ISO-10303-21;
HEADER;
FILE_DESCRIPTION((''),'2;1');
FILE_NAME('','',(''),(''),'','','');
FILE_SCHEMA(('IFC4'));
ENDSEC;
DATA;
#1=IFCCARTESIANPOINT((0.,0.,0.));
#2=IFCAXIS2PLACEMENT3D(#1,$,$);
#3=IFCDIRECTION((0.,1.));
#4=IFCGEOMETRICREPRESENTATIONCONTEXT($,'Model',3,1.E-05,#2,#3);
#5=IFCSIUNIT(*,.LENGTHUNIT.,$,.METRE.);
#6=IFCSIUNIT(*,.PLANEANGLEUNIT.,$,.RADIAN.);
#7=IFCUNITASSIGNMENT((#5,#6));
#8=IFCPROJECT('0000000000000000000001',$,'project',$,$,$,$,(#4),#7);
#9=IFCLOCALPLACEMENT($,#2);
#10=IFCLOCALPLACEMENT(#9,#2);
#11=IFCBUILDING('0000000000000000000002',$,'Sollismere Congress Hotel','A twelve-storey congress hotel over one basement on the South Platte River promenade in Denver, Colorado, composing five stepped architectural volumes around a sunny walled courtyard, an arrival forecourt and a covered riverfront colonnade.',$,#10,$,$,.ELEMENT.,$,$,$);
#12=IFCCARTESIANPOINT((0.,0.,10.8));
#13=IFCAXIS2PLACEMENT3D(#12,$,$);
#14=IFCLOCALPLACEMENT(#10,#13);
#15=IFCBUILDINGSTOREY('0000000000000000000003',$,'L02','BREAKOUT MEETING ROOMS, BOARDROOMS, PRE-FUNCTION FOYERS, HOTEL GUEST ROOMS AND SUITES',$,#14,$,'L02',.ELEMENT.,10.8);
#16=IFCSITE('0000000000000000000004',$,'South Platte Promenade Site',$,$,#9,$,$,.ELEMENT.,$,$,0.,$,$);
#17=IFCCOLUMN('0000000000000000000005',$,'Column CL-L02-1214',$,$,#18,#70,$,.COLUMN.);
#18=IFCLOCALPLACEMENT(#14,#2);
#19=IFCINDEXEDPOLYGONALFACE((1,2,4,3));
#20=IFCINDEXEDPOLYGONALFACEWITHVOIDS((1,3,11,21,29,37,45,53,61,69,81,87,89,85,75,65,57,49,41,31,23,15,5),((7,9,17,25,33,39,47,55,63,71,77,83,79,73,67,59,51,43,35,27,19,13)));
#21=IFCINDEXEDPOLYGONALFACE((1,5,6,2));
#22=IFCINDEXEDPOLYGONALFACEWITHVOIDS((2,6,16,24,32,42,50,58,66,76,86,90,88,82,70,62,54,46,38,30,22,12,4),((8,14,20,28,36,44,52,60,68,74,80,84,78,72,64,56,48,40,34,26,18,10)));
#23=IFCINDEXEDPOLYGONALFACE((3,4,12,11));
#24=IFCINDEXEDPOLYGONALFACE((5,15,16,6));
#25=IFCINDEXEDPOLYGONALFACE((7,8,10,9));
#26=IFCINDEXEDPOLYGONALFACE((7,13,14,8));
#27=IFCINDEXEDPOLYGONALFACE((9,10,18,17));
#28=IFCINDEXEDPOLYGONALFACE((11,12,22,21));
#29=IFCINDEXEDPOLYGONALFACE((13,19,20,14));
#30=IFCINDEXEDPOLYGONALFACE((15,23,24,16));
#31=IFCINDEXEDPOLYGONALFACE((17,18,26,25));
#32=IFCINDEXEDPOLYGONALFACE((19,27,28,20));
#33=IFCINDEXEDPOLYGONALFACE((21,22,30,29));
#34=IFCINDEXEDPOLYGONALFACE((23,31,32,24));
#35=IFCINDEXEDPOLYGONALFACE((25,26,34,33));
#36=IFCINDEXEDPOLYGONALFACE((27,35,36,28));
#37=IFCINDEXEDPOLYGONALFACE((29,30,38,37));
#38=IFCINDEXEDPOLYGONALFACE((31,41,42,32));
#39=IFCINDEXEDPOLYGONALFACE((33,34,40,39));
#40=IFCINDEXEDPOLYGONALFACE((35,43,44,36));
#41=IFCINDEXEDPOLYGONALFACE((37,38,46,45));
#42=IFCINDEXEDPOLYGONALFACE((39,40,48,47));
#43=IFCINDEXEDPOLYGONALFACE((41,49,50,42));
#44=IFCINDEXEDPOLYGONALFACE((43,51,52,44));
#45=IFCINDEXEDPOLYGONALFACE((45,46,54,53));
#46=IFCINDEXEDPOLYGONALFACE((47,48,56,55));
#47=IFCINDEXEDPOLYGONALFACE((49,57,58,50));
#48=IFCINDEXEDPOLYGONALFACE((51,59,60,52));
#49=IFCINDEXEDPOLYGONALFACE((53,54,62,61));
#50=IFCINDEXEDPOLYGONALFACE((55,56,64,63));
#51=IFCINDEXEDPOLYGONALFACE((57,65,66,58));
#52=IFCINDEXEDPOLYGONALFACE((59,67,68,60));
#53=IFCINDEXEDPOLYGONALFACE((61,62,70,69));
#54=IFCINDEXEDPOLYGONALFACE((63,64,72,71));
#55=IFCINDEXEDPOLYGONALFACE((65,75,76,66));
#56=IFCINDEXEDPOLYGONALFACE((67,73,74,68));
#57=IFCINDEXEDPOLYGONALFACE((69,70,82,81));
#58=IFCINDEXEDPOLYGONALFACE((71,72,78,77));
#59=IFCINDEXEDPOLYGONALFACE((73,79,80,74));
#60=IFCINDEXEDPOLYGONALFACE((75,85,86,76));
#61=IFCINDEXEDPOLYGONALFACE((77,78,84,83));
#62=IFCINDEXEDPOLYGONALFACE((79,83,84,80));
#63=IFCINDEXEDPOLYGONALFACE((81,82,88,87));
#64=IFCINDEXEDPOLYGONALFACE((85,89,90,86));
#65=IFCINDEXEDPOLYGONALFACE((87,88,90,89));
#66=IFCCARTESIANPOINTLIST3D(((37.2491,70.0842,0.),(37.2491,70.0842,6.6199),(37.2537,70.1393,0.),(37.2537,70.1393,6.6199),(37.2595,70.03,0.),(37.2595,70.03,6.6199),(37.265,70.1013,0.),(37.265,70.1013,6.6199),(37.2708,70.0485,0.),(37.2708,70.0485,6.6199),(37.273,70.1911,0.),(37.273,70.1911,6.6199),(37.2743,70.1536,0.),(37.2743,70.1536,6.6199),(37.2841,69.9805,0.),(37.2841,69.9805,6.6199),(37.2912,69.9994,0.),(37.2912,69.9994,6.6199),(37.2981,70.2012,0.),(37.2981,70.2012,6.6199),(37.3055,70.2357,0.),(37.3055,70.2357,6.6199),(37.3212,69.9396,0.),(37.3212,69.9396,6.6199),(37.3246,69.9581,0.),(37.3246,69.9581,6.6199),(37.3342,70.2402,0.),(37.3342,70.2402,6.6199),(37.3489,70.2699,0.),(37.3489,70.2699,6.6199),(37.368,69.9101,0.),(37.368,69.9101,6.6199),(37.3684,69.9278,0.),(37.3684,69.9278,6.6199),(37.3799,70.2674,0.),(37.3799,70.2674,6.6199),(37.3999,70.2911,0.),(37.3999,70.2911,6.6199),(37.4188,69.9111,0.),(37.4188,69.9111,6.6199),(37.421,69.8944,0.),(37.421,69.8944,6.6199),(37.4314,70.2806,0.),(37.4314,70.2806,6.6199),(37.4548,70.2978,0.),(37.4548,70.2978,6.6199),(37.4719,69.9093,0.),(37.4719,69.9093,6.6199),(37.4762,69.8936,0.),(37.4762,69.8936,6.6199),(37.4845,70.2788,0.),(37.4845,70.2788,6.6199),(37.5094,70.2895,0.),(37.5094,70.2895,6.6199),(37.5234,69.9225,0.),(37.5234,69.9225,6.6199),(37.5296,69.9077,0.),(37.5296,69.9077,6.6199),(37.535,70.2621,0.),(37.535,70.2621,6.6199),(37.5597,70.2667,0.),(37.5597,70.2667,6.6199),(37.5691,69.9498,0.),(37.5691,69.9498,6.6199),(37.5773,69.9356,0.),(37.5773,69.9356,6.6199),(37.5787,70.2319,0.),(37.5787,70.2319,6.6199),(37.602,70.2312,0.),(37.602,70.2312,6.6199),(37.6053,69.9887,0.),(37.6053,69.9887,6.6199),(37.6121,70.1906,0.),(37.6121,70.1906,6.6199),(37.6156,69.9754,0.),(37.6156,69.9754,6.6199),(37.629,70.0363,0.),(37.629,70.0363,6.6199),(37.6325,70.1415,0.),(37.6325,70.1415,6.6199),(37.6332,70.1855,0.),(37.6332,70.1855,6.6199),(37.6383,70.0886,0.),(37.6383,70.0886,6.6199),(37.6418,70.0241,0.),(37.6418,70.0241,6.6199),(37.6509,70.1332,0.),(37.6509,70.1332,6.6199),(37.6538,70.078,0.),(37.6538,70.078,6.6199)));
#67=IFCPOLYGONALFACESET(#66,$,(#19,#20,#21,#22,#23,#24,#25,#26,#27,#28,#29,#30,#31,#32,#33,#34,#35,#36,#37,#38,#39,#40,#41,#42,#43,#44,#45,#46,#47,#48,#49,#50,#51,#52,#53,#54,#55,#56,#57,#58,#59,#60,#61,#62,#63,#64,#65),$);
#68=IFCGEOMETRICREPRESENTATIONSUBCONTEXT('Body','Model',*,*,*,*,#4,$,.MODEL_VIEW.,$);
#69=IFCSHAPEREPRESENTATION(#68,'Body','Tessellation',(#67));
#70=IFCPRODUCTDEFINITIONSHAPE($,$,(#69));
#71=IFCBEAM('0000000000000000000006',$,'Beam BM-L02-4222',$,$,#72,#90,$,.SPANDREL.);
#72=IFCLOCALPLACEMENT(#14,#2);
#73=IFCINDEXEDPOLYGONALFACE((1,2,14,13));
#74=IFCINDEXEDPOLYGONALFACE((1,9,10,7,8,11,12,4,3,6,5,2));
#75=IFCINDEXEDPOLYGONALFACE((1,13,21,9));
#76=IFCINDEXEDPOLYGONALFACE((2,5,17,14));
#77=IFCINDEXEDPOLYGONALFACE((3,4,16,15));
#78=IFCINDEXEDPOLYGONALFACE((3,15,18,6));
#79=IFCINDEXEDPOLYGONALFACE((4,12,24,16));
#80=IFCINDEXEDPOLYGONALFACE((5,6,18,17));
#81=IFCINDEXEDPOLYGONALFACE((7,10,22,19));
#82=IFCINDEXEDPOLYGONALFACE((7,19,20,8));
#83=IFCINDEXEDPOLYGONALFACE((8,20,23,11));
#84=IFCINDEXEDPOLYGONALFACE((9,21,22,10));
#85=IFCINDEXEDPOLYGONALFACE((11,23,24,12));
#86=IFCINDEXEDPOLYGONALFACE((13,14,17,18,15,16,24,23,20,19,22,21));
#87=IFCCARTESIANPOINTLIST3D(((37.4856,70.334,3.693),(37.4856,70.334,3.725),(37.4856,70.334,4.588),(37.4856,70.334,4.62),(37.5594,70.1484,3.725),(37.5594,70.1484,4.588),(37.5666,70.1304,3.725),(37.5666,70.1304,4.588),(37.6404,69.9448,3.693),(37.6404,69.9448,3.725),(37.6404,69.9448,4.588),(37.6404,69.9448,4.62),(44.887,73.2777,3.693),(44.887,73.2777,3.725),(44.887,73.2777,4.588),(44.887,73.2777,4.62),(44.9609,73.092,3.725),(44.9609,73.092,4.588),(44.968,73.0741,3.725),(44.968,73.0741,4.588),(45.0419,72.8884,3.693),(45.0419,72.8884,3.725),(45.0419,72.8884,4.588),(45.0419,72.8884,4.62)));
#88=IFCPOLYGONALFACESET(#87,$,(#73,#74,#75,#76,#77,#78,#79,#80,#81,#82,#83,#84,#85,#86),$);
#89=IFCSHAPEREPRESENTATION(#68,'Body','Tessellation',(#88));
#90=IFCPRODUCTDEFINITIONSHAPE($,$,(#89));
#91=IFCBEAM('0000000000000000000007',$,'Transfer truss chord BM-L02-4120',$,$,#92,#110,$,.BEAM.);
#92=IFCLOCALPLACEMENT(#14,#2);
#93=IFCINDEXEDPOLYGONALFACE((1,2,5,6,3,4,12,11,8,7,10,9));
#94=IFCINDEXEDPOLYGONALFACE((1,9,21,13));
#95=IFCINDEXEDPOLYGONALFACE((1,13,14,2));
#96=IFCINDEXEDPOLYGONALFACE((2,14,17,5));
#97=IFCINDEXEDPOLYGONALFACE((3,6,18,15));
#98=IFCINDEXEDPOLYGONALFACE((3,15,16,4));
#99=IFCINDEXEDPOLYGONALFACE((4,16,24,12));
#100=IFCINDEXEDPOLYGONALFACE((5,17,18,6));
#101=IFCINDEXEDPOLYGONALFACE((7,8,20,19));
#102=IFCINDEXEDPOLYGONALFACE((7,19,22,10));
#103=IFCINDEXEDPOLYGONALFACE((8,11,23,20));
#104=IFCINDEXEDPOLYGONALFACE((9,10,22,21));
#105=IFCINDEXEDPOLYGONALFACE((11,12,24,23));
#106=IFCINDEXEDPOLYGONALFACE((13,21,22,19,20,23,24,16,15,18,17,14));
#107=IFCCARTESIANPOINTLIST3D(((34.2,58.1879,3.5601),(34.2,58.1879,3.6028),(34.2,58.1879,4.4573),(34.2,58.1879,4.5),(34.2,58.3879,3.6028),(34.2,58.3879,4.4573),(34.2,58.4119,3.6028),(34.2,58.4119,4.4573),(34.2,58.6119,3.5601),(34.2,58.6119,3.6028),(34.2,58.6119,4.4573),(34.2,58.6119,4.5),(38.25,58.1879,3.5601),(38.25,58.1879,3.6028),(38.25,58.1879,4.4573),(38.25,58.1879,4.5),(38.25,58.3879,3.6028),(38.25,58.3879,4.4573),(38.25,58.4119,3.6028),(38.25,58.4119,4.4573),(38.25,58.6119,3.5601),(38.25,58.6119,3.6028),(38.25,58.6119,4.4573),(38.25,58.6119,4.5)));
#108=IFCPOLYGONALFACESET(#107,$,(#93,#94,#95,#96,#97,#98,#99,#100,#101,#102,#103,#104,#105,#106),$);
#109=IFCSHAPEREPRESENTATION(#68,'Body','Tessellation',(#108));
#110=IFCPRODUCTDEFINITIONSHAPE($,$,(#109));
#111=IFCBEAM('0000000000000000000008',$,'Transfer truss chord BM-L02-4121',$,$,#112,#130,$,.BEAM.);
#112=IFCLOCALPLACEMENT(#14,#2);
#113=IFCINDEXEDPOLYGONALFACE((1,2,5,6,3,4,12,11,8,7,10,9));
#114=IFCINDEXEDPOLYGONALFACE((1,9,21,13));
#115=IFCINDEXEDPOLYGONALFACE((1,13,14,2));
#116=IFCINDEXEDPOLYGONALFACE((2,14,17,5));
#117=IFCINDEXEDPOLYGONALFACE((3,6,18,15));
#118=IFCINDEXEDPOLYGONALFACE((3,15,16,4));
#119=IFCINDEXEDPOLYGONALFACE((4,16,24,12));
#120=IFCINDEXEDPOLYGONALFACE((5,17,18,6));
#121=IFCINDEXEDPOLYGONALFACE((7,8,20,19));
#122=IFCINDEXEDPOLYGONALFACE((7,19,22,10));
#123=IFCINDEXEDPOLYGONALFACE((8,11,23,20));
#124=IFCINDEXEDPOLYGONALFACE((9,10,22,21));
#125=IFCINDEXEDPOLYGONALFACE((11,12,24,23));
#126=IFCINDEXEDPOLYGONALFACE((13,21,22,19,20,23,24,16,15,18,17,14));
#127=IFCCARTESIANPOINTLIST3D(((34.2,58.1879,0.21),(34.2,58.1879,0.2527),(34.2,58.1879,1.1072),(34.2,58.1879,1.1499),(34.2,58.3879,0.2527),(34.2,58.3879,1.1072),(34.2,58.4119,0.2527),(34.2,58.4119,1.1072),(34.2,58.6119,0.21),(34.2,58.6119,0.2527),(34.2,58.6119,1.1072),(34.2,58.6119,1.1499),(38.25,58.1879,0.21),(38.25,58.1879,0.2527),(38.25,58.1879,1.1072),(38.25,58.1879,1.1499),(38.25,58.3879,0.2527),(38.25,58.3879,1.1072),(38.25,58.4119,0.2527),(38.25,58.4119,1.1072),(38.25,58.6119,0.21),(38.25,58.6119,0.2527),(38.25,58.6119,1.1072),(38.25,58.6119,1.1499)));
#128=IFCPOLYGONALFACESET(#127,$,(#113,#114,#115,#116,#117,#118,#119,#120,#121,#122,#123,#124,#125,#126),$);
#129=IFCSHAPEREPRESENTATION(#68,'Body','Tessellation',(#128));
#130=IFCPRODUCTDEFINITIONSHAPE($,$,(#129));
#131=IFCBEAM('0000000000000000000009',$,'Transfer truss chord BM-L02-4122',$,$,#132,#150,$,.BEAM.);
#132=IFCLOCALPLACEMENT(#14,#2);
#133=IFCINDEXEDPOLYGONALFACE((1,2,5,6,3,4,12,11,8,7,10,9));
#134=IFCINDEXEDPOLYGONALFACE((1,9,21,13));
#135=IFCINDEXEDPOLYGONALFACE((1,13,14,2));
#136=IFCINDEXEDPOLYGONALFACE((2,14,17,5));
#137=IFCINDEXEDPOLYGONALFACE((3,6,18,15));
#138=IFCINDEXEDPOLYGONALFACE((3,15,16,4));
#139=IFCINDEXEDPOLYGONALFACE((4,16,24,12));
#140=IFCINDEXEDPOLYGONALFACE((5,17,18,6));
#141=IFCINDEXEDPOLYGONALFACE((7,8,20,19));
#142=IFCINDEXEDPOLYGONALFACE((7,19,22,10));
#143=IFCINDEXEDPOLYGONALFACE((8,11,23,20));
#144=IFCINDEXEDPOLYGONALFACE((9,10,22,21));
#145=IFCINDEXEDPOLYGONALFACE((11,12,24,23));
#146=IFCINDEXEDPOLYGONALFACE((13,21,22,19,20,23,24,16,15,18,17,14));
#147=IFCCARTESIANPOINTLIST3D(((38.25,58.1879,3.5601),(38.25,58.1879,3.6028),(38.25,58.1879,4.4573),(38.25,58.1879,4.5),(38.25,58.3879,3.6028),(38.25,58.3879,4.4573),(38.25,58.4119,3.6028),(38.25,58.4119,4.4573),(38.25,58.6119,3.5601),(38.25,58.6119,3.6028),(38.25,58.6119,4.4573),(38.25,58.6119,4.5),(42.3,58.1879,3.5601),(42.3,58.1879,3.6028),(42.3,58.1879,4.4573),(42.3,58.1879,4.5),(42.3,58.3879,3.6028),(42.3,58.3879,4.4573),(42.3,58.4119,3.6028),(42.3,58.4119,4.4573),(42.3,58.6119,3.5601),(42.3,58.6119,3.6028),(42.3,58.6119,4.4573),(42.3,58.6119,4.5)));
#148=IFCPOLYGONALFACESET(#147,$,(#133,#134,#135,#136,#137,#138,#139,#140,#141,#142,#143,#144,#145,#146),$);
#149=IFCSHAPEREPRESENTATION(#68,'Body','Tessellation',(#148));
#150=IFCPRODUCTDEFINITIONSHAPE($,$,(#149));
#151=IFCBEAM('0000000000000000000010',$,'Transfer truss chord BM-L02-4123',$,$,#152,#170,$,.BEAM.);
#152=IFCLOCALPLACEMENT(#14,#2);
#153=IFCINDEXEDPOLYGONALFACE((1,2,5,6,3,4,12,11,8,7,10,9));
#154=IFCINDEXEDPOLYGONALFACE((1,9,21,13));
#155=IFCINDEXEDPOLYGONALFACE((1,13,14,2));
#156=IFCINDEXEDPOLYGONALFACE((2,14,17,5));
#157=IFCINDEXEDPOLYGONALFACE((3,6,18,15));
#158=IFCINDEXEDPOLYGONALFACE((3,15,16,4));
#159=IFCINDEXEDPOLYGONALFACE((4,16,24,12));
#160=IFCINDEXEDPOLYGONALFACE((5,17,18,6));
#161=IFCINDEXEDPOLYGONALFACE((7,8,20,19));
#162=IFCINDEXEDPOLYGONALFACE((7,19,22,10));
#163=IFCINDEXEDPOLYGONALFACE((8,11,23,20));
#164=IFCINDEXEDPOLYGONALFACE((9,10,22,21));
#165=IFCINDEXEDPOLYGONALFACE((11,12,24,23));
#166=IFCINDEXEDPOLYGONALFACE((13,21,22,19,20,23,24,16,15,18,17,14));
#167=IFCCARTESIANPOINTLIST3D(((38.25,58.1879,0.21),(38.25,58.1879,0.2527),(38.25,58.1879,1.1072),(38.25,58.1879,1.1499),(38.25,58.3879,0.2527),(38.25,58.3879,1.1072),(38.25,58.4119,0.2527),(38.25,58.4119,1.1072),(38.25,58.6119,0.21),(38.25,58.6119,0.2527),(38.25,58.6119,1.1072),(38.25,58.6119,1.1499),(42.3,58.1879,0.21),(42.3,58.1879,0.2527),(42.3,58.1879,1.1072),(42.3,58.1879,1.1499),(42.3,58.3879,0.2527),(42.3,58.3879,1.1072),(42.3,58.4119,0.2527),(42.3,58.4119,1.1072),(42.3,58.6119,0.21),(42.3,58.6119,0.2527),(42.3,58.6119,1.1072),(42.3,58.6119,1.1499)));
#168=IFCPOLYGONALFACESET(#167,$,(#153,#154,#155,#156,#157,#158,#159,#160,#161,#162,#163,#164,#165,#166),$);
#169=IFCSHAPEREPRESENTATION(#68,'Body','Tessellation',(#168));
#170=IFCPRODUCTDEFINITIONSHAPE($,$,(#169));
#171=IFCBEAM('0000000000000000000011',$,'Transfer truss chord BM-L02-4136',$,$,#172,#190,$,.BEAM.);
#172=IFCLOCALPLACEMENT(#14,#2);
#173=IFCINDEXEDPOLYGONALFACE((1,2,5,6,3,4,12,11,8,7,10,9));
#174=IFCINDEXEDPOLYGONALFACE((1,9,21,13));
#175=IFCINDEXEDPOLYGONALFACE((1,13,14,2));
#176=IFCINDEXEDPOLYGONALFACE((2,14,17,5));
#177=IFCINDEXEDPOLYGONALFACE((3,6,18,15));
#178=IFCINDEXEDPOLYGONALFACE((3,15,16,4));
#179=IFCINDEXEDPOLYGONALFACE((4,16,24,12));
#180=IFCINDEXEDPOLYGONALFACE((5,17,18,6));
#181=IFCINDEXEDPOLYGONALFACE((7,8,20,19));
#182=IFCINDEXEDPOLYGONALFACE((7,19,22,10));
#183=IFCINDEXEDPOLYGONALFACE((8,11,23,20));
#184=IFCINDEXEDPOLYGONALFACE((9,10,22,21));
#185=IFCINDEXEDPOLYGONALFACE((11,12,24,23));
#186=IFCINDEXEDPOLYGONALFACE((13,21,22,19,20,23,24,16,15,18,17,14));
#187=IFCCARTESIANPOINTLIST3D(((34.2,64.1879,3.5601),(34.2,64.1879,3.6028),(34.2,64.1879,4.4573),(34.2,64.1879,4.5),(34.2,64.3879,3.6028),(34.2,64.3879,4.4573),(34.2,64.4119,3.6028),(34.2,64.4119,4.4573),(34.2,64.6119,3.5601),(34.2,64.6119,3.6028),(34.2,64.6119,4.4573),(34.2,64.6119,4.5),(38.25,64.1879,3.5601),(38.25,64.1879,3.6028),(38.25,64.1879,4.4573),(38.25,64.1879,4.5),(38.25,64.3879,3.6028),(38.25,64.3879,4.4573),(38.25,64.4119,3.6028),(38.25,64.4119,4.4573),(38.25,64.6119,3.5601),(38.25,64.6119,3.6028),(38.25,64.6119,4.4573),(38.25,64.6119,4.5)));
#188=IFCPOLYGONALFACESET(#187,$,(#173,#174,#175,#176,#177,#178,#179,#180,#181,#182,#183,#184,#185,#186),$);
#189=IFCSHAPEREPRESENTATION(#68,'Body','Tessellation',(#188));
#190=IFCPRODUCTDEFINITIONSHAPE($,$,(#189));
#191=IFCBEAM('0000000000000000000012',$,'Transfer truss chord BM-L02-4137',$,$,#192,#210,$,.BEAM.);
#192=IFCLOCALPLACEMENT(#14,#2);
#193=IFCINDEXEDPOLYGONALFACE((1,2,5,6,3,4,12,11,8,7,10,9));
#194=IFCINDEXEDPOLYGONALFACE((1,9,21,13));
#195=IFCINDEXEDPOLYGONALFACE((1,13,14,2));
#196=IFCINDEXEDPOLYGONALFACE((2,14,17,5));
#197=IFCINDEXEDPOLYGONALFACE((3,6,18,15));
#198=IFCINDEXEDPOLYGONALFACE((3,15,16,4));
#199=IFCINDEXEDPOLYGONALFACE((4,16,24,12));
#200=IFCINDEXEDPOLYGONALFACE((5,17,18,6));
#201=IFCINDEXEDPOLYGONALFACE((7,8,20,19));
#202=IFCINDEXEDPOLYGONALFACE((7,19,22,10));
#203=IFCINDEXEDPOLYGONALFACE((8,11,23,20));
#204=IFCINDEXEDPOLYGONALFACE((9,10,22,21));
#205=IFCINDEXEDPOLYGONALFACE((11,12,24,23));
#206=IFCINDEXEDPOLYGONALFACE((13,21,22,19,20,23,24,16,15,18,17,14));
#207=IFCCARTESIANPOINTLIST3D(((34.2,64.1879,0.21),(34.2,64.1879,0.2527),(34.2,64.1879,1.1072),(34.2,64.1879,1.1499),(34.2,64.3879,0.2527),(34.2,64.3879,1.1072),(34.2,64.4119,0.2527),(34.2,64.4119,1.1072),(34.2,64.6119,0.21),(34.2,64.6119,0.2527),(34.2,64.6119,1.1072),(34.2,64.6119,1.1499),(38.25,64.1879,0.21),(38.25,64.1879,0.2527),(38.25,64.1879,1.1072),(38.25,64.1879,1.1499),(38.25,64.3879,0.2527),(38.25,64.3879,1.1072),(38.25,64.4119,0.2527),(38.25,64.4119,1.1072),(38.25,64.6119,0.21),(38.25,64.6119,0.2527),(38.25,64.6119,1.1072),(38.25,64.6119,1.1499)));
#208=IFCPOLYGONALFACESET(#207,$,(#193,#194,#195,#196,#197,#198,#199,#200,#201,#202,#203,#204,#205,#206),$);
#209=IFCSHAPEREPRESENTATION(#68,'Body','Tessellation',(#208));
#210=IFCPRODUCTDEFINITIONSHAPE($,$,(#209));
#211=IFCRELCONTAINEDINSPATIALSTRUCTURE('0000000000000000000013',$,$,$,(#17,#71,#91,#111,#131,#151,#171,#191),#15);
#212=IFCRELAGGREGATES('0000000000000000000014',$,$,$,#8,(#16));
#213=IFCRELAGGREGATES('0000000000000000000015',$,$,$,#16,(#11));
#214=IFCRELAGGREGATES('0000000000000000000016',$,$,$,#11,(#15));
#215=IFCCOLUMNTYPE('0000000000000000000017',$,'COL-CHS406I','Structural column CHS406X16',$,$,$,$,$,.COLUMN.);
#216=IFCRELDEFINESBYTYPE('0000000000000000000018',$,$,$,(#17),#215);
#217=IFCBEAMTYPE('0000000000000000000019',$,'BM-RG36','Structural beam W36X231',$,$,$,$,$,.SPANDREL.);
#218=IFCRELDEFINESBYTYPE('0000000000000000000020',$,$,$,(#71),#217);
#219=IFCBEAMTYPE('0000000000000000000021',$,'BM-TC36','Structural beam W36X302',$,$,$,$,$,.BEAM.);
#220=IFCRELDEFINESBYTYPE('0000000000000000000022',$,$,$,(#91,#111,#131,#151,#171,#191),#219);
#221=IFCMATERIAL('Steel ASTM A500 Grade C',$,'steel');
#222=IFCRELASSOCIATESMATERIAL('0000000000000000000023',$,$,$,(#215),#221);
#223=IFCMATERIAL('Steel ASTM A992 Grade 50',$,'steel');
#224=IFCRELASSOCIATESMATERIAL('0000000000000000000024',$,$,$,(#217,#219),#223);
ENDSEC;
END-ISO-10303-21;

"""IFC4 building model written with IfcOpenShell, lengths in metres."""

from ifc_helpers import new_model, si_unit, direction, frame, origin, origin_2d, place, context, subcontext, project, spatial, hollow_circle, i_section, extrude, material, material_profile, profile_set, type_object, element, save


model = new_model("IFC4")

# Units and contexts
model_context = context("Model", 3, precision=1e-05, world=origin(), true_north=direction((0.0, 1.0)))
body_context = subcontext(model_context, "Body", "Model", "MODEL_VIEW")
ifc_project = project(units=[si_unit("LENGTHUNIT", "METRE"), si_unit("PLANEANGLEUNIT", "RADIAN")], contexts=[model_context])

# Site, building, storey
site_placement = place(None, origin())
site = spatial("IfcSite", under=ifc_project, at=site_placement, Name="South Platte Promenade Site", CompositionType="ELEMENT", RefElevation=0.0)
building_placement = place(site_placement, origin())
building = spatial("IfcBuilding", under=site, at=building_placement, Name="Sollismere Congress Hotel", Description="A twelve-storey congress hotel over one basement on the South Platte River promenade in Denver, Colorado, composing five stepped architectural volumes around a sunny walled courtyard, an arrival forecourt and a covered riverfront colonnade.", CompositionType="ELEMENT")
storey_placement = place(building_placement, frame((0.0, 0.0, 10.8)))
storey = spatial("IfcBuildingStorey", under=building, at=storey_placement, Name="L02", Description="BREAKOUT MEETING ROOMS, BOARDROOMS, PRE-FUNCTION FOYERS, HOTEL GUEST ROOMS AND SUITES", LongName="L02", CompositionType="ELEMENT", Elevation=10.8)

# Column
ifc_material_1 = material(Name="Steel ASTM A500 Grade C", Category="steel")
ifc_material_profile_1 = material_profile(ifc_material_1, hollow_circle(Radius=0.2029, WallThickness=0.0161, at=origin_2d()), Name="CHS406X16")
ifc_profile_set_1 = profile_set([ifc_material_profile_1], Name="Steel ASTM A500 Grade C")
column_type = type_object("IfcColumnType", Name="COL-CHS406I", Description="Structural column CHS406X16", PredefinedType="COLUMN", material=ifc_profile_set_1)
column_placement = place(storey_placement, frame((37.4517, 70.095, 0.0), z_axis=(0.0, 0.0, 1.0), x_axis=(0.384295, -0.92321, 0.0)))
element("IfcColumn", 1, at=column_placement, inside=storey, type_object=column_type, Name="Column CL-L02-1214", PredefinedType="COLUMN", context=body_context, shape_type="SweptSolid", body=[
    extrude(hollow_circle(Radius=0.2029, WallThickness=0.0161, at=origin_2d()), origin(), (0.0, 0.0, 1.0), 6.6199),
])

# Beams
ifc_material_2 = material(Name="Steel ASTM A992 Grade 50", Category="steel")
ifc_material_profile_2 = material_profile(ifc_material_2, i_section(OverallWidth=0.4189, OverallDepth=0.927, WebThickness=0.0193, FlangeThickness=0.032, at=origin_2d()), Name="W36X231")
ifc_profile_set_2 = profile_set([ifc_material_profile_2], Name="Steel ASTM A992 Grade 50")
beam_type_1 = type_object("IfcBeamType", Name="BM-RG36", Description="Structural beam W36X231", PredefinedType="SPANDREL", material=ifc_profile_set_2)
beam_placement = place(storey_placement, frame((37.563, 70.1394, 4.1565), z_axis=(0.929208, 0.369556, 0.0), x_axis=(-0.369556, 0.929208, 0.0)))
element("IfcBeam", 2, at=beam_placement, inside=storey, type_object=beam_type_1, Name="Beam BM-L02-4222", PredefinedType="SPANDREL", context=body_context, shape_type="SweptSolid", body=[
    extrude(i_section(OverallWidth=0.4189, OverallDepth=0.927, WebThickness=0.0193, FlangeThickness=0.032, at=origin_2d()), origin(), (0.0, 0.0, 1.0), 7.9653),
])
ifc_material_profile_3 = material_profile(ifc_material_2, i_section(OverallWidth=0.4241, OverallDepth=0.9399, WebThickness=0.0239, FlangeThickness=0.0427, at=origin_2d()), Name="W36X302")
ifc_profile_set_3 = profile_set([ifc_material_profile_3], Name="Steel ASTM A992 Grade 50")
beam_type_2 = type_object("IfcBeamType", Name="BM-TC36", Description="Structural beam W36X302", PredefinedType="BEAM", material=ifc_profile_set_3)
for number, where, z_axis, x_axis, name in (
    (3, (34.2, 58.3999, 4.03), (1.0, 0.0, 0.0), (0.0, 1.0, 0.0), "Transfer truss chord BM-L02-4120"),
    (4, (34.2, 58.3999, 0.6799), (1.0, 0.0, 0.0), (0.0, 1.0, 0.0), "Transfer truss chord BM-L02-4121"),
    (5, (38.25, 58.3999, 4.03), (1.0, 0.0, 0.0), (0.0, 1.0, 0.0), "Transfer truss chord BM-L02-4122"),
    (6, (38.25, 58.3999, 0.6799), (1.0, 0.0, 0.0), (0.0, 1.0, 0.0), "Transfer truss chord BM-L02-4123"),
    (7, (34.2, 64.3999, 4.03), (1.0, 0.0, 0.0), (0.0, 1.0, 0.0), "Transfer truss chord BM-L02-4136"),
    (8, (34.2, 64.3999, 0.6799), (1.0, 0.0, 0.0), (0.0, 1.0, 0.0), "Transfer truss chord BM-L02-4137"),
):
    element("IfcBeam", number, at=place(storey_placement, frame(where, z_axis=z_axis, x_axis=x_axis)), inside=storey, type_object=beam_type_2, Name=name, PredefinedType="BEAM", context=body_context, shape_type="SweptSolid", body=[
        extrude(i_section(OverallWidth=0.4241, OverallDepth=0.9399, WebThickness=0.0239, FlangeThickness=0.0427, at=origin_2d()), origin(), (0.0, 0.0, 1.0), 4.05),
    ])

save(model, "model.ifc")
